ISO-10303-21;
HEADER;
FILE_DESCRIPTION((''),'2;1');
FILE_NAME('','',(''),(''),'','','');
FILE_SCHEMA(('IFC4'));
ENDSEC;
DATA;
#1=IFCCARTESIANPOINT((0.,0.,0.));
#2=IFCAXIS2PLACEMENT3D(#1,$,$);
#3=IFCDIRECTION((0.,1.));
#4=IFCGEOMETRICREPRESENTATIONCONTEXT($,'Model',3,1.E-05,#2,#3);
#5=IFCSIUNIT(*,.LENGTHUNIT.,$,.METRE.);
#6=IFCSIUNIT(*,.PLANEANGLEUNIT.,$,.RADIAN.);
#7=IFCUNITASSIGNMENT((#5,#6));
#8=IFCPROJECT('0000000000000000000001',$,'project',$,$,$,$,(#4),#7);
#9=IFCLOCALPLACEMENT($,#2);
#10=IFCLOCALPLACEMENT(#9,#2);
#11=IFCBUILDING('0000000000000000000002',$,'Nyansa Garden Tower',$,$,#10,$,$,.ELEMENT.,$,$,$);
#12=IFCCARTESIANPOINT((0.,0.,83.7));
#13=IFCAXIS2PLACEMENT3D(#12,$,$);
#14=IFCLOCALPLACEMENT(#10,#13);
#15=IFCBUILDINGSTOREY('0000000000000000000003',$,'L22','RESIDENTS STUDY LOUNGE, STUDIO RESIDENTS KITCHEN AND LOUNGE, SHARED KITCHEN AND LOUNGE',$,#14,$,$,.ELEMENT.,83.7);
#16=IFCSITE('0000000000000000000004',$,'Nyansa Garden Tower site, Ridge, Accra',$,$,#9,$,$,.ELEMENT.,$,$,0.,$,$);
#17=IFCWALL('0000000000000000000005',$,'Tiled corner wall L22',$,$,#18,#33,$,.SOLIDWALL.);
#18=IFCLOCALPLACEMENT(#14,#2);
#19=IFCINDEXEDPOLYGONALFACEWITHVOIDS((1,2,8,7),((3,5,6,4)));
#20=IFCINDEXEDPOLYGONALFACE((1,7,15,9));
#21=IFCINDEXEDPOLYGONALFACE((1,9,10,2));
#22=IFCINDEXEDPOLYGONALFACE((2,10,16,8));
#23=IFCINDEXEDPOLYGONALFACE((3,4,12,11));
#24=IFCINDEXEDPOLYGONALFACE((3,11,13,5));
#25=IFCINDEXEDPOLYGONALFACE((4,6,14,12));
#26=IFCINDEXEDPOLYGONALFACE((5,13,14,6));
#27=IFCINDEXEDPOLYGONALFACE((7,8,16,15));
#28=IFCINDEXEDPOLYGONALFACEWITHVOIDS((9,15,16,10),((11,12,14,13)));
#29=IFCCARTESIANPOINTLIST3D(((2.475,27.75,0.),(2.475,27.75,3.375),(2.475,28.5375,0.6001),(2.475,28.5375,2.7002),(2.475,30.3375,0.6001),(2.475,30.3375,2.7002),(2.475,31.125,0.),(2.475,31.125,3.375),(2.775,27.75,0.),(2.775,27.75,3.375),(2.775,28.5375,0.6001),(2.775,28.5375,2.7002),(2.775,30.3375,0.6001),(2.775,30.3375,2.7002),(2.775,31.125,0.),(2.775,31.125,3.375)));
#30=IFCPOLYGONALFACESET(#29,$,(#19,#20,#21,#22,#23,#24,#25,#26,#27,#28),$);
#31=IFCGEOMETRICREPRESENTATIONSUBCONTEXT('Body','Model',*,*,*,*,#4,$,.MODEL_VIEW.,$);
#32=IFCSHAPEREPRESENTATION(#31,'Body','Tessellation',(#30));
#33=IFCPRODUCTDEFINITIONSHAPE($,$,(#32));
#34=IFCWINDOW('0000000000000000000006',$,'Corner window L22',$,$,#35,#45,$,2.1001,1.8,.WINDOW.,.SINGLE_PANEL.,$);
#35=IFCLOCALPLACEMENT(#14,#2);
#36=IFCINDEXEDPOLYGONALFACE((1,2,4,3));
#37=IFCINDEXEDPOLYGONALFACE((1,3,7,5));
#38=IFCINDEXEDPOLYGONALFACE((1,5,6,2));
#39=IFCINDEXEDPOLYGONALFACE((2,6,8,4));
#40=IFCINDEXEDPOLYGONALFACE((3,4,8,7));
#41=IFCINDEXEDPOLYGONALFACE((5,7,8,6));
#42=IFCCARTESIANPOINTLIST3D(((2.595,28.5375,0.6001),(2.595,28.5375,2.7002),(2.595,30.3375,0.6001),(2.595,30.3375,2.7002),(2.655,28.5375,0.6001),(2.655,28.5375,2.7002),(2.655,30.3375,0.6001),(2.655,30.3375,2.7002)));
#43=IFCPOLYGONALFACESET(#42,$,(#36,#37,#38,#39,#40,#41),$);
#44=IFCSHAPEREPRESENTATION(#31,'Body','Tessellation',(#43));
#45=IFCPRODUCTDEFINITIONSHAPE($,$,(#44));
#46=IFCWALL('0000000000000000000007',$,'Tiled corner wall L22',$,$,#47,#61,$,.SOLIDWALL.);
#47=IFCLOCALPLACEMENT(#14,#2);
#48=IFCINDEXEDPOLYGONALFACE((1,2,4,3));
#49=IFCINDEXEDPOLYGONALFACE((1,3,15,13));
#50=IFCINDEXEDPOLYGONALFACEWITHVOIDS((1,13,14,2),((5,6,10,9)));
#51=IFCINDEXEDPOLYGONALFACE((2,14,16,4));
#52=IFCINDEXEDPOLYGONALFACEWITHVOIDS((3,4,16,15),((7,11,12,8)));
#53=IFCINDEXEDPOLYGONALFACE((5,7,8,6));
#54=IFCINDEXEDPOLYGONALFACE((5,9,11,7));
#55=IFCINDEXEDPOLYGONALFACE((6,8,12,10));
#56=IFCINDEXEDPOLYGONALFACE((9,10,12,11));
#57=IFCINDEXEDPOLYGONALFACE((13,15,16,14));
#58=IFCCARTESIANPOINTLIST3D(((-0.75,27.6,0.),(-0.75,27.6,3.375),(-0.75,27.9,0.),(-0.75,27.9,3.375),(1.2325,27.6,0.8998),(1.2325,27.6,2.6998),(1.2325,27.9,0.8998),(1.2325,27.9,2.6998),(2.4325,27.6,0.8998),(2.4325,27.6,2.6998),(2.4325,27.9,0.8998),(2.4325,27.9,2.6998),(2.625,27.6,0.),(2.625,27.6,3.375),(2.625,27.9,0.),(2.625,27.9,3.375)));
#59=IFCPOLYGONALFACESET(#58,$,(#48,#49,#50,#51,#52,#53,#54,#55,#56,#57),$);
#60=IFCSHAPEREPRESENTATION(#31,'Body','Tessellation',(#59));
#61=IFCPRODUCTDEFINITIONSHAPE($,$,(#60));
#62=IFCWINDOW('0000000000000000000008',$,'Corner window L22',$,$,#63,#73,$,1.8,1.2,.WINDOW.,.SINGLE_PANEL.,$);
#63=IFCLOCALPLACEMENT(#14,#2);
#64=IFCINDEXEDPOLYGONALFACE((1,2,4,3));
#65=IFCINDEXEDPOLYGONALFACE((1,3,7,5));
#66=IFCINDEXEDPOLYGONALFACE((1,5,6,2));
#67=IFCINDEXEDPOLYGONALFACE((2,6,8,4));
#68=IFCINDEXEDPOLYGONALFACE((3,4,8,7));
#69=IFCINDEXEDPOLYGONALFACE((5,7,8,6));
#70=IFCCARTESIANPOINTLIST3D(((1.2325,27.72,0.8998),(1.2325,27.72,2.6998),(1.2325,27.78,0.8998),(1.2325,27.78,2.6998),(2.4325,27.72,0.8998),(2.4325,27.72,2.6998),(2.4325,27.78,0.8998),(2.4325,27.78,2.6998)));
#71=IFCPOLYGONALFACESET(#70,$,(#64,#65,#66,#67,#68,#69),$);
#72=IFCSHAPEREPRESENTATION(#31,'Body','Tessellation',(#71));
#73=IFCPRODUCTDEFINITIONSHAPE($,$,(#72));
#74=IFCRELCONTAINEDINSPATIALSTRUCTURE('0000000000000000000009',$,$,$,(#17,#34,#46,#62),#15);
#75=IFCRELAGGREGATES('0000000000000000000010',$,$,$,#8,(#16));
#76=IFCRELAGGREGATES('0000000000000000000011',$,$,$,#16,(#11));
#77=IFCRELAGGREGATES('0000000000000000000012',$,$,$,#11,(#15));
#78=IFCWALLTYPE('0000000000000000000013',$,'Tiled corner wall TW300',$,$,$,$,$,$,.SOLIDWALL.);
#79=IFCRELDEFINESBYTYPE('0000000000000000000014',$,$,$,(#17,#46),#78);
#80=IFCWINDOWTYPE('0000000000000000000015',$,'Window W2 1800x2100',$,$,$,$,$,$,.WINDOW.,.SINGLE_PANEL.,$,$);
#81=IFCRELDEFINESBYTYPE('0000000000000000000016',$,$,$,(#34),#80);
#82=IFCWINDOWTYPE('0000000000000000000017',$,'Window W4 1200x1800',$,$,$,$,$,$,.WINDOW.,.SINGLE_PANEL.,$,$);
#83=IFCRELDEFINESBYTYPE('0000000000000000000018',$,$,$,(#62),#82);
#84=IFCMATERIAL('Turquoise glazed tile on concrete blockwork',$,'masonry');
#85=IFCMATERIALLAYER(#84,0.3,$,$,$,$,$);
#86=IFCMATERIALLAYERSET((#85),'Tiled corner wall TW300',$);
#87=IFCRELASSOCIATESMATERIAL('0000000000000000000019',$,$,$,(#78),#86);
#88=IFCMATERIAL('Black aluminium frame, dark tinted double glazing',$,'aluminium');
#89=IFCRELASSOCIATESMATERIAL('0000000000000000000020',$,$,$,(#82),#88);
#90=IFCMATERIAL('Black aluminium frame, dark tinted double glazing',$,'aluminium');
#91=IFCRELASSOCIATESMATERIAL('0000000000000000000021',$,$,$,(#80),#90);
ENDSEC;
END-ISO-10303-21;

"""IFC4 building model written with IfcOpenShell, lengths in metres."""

from ifc_helpers import new_model, si_unit, direction, frame, frame_2d, origin, place, context, subcontext, project, spatial, rectangle, extrude, material, layer, layer_set, type_object, element, fill, save


model = new_model("IFC4")

# Units and contexts
model_context = context("Model", 3, precision=1e-05, world=origin(), true_north=direction((0.0, 1.0)))
body_context = subcontext(model_context, "Body", "Model", "MODEL_VIEW")
ifc_project = project(units=[si_unit("LENGTHUNIT", "METRE"), si_unit("PLANEANGLEUNIT", "RADIAN")], contexts=[model_context])

# Site, building, storey
site_placement = place(None, origin())
site = spatial("IfcSite", under=ifc_project, at=site_placement, Name="Nyansa Garden Tower site, Ridge, Accra", CompositionType="ELEMENT", RefElevation=0.0)
building_placement = place(site_placement, origin())
building = spatial("IfcBuilding", under=site, at=building_placement, Name="Nyansa Garden Tower", CompositionType="ELEMENT")
storey_placement = place(building_placement, frame((0.0, 0.0, 83.7)))
storey = spatial("IfcBuildingStorey", under=building, at=storey_placement, Name="L22", Description="RESIDENTS STUDY LOUNGE, STUDIO RESIDENTS KITCHEN AND LOUNGE, SHARED KITCHEN AND LOUNGE", CompositionType="ELEMENT", Elevation=83.7)

# Walls, openings, windows
ifc_material_1 = material(Name="Turquoise glazed tile on concrete blockwork", Category="masonry")
ifc_layer_1 = layer(ifc_material_1, 0.3)
ifc_layer_set_1 = layer_set([ifc_layer_1], Name="Tiled corner wall TW300")
wall_type_1 = type_object("IfcWallType", Name="Tiled corner wall TW300", PredefinedType="SOLIDWALL", material=ifc_layer_set_1)
ifc_material_2 = material(Name="Black aluminium frame, dark tinted double glazing", Category="aluminium")
window_type_1 = type_object("IfcWindowType", Name="Window W4 1200x1800", PartitioningType="SINGLE_PANEL", PredefinedType="WINDOW", material=ifc_material_2)
ifc_material_3 = material(Name="Black aluminium frame, dark tinted double glazing", Category="aluminium")
window_type_2 = type_object("IfcWindowType", Name="Window W2 1800x2100", PartitioningType="SINGLE_PANEL", PredefinedType="WINDOW", material=ifc_material_3)
wall_1_placement = place(storey_placement, frame((2.625, 31.125, 0.0), z_axis=(0.0, 0.0, 1.0), x_axis=(0.0, -1.0, 0.0)))
wall_1 = element("IfcWall", 1, at=wall_1_placement, inside=storey, type_object=wall_type_1, Name="Tiled corner wall L22", PredefinedType="SOLIDWALL", context=body_context, shape_type="SweptSolid", body=[
    extrude(rectangle(XDim=3.375, YDim=0.3, at=frame_2d((1.6875, 0.0))), origin(), (0.0, 0.0, 1.0), 3.375),
])
opening_1_placement = place(wall_1_placement, frame((0.7876, 0.0, 0.6001)))
opening_1 = element("IfcOpeningElement", 2, at=opening_1_placement, cuts=wall_1, PredefinedType="OPENING", context=body_context, shape_type="SweptSolid", body=[
    extrude(rectangle(XDim=1.8, YDim=2.1001, at=frame_2d((0.8999, 1.05))), frame((0.0, 0.1599, 0.0), z_axis=(0.0, -1.0, 0.0), x_axis=(1.0, 0.0, 0.0)), (0.0, 0.0, 1.0), 0.3201),
])
window_1_placement = place(opening_1_placement, origin())
window_1 = element("IfcWindow", 3, at=window_1_placement, inside=storey, type_object=window_type_2, Name="Corner window L22", OverallHeight=2.1001, OverallWidth=1.8, PartitioningType="SINGLE_PANEL", PredefinedType="WINDOW", context=body_context, shape_type="SweptSolid", body=[
    extrude(rectangle(XDim=1.8, YDim=2.1001, at=frame_2d((0.8999, 1.05))), frame((0.0, 0.03, 0.0), z_axis=(0.0, -1.0, 0.0), x_axis=(1.0, 0.0, 0.0)), (0.0, 0.0, 1.0), 0.0601),
])
fill(opening_1, window_1)
wall_2_placement = place(storey_placement, frame((2.625, 27.75, 0.0), z_axis=(0.0, 0.0, 1.0), x_axis=(-1.0, 0.0, 0.0)))
wall_2 = element("IfcWall", 4, at=wall_2_placement, inside=storey, type_object=wall_type_1, Name="Tiled corner wall L22", PredefinedType="SOLIDWALL", context=body_context, shape_type="SweptSolid", body=[
    extrude(rectangle(XDim=3.375, YDim=0.3, at=frame_2d((1.6875, 0.0))), origin(), (0.0, 0.0, 1.0), 3.375),
])
opening_2_placement = place(wall_2_placement, frame((0.1924, 0.0, 0.8999)))
opening_2 = element("IfcOpeningElement", 5, at=opening_2_placement, cuts=wall_2, PredefinedType="OPENING", context=body_context, shape_type="SweptSolid", body=[
    extrude(rectangle(XDim=1.2, YDim=1.8, at=frame_2d((0.6001, 0.8999))), frame((0.0, 0.1599, 0.0), z_axis=(0.0, -1.0, 0.0), x_axis=(1.0, 0.0, 0.0)), (0.0, 0.0, 1.0), 0.3201),
])
window_2_placement = place(opening_2_placement, origin())
window_2 = element("IfcWindow", 6, at=window_2_placement, inside=storey, type_object=window_type_1, Name="Corner window L22", OverallHeight=1.8, OverallWidth=1.2, PartitioningType="SINGLE_PANEL", PredefinedType="WINDOW", context=body_context, shape_type="SweptSolid", body=[
    extrude(rectangle(XDim=1.2, YDim=1.8, at=frame_2d((0.6001, 0.8999))), frame((0.0, 0.03, 0.0), z_axis=(0.0, -1.0, 0.0), x_axis=(1.0, 0.0, 0.0)), (0.0, 0.0, 1.0), 0.0601),
])
fill(opening_2, window_2)

save(model, "model.ifc")
